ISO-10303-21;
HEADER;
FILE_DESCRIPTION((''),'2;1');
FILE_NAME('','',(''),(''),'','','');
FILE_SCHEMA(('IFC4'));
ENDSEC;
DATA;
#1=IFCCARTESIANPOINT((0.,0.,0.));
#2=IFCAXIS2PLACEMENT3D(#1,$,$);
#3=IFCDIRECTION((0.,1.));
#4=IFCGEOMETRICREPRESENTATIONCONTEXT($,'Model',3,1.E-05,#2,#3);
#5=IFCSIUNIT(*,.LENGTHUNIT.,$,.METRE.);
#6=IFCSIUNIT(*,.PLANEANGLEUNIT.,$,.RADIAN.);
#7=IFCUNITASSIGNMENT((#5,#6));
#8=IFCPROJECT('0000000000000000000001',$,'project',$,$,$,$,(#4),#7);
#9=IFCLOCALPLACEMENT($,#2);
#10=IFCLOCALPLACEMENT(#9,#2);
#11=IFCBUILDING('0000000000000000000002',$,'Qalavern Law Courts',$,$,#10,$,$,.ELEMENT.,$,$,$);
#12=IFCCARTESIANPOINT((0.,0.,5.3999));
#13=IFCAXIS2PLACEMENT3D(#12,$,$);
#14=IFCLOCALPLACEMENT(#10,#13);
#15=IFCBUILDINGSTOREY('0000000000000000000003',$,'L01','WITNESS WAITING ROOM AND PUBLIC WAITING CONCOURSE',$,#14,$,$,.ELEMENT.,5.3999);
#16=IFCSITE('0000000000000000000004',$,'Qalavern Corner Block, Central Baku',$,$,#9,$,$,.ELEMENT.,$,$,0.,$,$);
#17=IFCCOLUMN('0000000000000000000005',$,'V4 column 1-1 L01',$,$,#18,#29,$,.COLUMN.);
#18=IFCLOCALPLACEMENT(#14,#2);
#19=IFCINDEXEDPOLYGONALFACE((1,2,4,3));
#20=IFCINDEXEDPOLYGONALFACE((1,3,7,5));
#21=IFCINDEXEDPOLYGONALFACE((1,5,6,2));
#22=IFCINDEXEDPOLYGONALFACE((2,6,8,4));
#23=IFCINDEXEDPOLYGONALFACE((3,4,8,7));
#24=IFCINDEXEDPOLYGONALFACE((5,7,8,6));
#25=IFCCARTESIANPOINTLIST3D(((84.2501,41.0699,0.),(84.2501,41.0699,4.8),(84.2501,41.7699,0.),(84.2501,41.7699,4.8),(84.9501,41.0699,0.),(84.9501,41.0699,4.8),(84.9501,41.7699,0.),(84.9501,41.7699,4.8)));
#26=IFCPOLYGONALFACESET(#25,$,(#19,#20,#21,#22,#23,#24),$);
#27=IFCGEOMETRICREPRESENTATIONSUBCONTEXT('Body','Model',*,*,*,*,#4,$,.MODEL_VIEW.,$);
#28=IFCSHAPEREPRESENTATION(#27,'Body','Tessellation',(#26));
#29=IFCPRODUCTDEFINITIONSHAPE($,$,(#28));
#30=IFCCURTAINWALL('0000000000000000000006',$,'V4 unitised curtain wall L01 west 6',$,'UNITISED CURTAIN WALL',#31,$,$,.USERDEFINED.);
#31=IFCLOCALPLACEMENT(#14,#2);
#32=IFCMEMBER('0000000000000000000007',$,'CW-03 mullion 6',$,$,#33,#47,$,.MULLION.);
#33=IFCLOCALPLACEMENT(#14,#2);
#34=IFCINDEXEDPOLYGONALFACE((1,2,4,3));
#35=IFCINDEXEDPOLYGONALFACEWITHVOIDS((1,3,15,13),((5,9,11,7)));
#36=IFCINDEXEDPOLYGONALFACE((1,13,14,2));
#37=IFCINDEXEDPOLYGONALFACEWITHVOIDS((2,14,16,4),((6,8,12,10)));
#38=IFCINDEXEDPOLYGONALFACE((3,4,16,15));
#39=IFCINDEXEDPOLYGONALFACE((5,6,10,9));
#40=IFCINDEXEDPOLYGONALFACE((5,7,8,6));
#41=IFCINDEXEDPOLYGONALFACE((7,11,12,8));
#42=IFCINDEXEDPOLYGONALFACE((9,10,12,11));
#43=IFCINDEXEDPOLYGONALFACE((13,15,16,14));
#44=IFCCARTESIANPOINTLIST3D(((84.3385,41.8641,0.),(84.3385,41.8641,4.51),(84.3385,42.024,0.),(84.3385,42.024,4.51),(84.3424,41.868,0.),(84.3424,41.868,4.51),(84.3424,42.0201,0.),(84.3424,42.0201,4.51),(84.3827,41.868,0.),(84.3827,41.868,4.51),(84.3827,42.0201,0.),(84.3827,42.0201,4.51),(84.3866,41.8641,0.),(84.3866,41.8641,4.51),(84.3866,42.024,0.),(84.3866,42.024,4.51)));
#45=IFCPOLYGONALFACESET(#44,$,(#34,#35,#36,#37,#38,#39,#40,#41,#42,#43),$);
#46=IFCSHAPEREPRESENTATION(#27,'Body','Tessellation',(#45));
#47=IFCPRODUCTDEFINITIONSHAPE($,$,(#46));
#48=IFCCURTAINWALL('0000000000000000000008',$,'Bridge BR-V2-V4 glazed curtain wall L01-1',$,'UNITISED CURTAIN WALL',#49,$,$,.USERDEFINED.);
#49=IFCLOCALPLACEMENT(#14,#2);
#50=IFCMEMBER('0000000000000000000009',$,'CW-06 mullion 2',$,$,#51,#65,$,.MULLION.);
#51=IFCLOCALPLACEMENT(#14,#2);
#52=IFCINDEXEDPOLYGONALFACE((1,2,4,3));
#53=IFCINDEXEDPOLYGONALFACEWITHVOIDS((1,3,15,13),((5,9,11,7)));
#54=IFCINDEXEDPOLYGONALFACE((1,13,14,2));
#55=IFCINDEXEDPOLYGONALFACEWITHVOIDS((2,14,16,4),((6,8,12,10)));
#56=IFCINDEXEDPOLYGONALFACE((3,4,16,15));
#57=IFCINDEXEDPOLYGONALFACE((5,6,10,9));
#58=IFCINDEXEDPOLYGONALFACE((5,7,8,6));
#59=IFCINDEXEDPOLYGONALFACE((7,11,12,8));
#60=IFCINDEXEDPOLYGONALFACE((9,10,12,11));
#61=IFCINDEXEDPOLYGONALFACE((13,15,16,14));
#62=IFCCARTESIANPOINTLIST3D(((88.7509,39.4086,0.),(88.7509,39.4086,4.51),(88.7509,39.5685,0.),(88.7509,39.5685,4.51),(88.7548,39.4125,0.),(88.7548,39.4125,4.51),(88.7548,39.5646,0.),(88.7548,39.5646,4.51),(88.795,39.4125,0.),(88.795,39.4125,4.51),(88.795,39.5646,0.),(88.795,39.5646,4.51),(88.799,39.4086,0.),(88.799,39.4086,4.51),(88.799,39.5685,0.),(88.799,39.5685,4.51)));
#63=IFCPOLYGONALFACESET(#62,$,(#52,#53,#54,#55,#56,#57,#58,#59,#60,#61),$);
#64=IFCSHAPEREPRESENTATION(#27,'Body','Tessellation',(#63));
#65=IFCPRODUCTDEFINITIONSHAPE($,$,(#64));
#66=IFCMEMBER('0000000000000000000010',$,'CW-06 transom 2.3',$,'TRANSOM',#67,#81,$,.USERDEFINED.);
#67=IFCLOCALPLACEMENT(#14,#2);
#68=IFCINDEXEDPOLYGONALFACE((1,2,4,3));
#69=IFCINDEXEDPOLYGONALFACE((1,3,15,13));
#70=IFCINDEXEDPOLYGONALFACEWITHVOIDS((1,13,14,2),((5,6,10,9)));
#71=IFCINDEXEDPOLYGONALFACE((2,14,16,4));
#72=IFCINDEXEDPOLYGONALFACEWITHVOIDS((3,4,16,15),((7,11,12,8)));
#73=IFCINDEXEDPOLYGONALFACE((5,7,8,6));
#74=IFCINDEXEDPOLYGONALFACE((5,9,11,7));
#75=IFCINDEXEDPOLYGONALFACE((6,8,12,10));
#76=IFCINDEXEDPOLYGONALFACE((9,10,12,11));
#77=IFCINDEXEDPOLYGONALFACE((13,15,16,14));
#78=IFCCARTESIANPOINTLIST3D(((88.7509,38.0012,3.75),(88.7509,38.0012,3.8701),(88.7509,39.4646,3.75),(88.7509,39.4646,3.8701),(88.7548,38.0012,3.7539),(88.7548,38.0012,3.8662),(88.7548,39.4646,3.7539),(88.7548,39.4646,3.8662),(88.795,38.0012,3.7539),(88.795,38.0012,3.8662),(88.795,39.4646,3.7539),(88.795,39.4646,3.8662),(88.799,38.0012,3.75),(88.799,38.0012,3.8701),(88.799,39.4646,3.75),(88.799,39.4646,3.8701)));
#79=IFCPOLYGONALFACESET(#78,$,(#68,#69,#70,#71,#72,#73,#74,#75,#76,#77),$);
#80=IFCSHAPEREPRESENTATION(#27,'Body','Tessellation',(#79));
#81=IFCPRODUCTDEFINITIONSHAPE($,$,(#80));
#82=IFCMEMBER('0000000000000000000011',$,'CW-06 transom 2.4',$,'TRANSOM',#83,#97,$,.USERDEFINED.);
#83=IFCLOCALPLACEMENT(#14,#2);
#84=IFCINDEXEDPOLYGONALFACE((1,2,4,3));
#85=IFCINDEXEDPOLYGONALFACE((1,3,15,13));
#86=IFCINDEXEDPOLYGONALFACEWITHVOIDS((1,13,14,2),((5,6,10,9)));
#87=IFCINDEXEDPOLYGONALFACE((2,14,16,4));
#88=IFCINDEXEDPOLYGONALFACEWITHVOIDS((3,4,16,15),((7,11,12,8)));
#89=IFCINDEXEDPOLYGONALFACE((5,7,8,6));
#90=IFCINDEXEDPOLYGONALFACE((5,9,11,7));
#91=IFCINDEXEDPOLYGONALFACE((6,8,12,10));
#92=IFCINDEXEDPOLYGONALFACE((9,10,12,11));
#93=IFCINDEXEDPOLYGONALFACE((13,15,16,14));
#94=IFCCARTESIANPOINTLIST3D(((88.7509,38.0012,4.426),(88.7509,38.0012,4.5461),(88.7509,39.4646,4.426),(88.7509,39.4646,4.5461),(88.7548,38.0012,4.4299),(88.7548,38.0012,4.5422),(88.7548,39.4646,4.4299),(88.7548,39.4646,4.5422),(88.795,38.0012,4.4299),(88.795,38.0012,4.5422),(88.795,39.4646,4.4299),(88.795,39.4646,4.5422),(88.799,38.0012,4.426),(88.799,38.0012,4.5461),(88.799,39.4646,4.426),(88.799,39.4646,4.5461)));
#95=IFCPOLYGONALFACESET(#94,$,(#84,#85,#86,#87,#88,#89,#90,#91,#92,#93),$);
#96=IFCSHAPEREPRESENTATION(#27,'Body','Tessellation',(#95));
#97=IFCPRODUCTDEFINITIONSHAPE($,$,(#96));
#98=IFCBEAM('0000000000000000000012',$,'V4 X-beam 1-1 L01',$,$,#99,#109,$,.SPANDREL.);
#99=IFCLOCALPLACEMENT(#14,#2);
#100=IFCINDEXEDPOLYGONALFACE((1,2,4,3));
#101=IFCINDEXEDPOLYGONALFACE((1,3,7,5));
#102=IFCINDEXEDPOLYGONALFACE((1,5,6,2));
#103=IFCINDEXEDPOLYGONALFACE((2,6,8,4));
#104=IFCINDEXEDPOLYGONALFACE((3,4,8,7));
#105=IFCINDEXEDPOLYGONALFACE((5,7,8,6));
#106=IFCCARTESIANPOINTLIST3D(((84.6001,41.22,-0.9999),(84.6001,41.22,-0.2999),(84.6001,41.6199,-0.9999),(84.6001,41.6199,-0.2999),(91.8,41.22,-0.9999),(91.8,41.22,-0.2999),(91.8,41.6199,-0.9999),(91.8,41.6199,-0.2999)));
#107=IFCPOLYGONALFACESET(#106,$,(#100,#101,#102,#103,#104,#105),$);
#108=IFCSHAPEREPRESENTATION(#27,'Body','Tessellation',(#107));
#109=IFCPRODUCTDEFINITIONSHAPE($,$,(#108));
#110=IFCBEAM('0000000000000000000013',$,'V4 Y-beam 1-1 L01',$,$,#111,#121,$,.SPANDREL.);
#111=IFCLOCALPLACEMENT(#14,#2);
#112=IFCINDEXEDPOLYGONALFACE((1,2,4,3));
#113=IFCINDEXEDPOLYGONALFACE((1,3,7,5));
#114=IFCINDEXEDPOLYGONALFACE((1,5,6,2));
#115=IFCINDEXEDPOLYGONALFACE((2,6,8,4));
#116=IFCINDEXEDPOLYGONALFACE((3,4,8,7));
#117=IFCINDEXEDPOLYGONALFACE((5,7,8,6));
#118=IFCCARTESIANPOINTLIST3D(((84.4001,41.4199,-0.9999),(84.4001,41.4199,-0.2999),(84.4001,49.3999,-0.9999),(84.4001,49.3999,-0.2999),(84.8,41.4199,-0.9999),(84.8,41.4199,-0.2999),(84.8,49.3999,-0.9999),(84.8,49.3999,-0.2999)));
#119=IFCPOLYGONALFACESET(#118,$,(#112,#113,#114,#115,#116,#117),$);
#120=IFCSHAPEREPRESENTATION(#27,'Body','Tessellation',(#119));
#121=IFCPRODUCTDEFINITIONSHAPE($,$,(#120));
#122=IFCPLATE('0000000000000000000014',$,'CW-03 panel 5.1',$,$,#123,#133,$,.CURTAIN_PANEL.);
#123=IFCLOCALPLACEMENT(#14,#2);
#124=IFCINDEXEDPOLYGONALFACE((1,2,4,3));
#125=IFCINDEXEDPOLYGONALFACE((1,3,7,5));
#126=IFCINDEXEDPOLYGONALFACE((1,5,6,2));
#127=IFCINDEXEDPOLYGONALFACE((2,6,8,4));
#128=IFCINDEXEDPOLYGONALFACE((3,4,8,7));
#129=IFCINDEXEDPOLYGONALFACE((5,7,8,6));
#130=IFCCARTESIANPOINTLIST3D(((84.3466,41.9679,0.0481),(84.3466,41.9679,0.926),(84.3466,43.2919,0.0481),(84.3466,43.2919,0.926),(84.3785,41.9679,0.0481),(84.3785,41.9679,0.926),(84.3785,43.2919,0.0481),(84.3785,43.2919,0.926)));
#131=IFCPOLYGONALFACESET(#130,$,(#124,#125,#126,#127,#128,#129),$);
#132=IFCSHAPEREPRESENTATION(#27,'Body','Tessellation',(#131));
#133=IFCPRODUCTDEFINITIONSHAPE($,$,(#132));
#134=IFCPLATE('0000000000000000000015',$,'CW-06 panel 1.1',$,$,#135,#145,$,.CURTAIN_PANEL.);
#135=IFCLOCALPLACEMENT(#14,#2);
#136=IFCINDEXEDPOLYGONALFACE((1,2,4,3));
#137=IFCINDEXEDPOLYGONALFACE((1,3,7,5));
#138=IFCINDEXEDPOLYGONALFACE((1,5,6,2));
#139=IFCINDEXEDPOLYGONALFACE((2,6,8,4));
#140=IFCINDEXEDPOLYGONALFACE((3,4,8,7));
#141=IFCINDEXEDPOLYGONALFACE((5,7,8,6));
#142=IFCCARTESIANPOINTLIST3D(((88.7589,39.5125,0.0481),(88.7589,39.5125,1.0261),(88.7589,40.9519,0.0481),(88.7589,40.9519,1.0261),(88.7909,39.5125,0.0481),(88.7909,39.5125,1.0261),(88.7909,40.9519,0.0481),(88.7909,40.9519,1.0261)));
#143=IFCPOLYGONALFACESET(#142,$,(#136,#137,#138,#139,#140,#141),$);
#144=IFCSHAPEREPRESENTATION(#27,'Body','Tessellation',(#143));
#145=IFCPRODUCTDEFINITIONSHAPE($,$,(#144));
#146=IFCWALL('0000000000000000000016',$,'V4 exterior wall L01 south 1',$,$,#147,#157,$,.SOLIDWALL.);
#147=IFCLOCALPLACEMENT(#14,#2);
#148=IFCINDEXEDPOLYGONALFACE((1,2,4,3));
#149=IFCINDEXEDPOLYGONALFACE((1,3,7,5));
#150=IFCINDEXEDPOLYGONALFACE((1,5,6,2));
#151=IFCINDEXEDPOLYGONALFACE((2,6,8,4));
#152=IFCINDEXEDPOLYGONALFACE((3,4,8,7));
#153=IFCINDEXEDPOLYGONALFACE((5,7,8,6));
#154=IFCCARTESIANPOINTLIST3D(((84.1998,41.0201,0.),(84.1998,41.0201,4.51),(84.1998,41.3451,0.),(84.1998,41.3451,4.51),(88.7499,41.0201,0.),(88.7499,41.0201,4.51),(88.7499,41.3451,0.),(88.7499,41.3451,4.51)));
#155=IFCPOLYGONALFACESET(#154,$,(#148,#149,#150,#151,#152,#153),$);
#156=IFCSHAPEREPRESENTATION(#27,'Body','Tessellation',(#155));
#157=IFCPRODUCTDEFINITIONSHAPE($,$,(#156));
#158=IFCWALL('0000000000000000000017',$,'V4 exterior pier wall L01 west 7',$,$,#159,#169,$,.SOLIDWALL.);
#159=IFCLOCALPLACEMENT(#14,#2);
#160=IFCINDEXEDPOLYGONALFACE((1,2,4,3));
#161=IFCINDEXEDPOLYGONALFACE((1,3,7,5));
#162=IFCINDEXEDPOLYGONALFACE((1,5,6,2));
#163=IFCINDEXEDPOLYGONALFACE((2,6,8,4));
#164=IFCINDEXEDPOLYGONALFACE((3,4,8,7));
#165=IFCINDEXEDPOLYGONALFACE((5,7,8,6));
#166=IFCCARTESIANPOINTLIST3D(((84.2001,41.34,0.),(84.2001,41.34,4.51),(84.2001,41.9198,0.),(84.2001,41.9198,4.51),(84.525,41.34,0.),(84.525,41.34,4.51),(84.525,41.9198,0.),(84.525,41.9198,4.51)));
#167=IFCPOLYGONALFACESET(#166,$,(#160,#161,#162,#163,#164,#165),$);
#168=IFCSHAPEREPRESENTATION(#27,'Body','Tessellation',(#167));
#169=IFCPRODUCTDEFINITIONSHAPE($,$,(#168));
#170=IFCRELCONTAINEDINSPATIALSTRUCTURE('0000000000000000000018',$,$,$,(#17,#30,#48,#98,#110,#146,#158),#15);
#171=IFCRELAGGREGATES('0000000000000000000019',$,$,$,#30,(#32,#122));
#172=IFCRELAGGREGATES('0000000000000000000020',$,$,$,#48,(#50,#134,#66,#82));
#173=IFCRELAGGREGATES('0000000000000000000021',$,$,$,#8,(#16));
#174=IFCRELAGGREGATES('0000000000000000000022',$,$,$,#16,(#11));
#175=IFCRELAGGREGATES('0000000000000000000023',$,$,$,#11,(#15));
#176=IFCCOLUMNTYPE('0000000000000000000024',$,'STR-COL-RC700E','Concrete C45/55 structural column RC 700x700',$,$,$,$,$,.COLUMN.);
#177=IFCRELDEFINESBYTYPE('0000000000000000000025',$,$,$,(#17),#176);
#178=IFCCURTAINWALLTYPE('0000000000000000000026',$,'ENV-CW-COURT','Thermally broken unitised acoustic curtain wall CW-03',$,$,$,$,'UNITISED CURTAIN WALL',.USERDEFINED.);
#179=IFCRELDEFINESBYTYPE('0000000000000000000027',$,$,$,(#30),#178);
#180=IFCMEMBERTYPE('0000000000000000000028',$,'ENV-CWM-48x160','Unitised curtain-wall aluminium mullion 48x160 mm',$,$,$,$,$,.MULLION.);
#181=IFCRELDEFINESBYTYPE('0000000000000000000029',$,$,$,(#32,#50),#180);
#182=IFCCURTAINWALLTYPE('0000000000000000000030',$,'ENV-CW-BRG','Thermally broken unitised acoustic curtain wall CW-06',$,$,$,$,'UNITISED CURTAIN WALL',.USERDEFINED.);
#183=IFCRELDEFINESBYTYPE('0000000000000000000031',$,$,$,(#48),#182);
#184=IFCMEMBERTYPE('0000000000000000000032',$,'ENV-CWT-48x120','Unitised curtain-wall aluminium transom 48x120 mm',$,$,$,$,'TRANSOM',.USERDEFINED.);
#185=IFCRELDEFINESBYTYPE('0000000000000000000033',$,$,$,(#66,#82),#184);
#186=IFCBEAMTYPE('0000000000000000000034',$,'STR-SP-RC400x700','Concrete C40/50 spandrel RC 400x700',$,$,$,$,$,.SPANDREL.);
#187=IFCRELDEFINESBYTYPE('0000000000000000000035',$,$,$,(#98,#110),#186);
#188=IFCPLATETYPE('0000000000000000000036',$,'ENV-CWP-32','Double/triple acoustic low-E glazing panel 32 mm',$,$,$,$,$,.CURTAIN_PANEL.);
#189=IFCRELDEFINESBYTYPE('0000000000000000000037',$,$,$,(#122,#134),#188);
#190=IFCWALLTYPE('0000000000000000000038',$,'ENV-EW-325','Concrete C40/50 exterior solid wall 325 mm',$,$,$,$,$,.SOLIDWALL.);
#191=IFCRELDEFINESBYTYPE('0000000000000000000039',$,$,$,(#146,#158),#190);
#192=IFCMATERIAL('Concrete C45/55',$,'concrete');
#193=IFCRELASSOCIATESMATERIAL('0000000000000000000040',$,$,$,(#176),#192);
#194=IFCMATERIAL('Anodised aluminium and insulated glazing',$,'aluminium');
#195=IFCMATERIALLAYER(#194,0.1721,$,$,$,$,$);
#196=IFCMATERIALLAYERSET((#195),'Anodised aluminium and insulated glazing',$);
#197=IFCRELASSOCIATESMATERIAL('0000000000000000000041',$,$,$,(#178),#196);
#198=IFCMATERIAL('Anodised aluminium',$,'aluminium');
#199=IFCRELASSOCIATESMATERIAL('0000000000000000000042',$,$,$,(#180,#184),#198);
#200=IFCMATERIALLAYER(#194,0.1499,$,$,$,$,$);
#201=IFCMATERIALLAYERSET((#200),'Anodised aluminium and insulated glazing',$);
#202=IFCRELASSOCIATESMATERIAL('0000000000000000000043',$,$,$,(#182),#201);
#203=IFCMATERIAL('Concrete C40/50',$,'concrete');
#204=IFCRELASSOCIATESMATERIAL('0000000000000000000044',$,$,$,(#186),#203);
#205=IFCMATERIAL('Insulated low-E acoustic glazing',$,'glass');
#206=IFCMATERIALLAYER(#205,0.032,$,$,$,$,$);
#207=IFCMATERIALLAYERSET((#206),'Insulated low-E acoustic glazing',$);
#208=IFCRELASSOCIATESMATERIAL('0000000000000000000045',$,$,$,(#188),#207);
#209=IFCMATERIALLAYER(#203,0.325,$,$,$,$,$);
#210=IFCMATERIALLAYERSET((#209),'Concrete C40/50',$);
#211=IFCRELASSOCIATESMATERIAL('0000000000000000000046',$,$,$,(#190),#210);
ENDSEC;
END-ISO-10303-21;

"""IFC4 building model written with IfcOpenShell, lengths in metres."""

from ifc_helpers import new_model, si_unit, direction, frame, frame_2d, origin, origin_2d, place, context, subcontext, project, spatial, rectangle, hollow_rectangle, extrude, material, layer, layer_set, material_profile, profile_set, type_object, element, aggregate, save


model = new_model("IFC4")

# Units and contexts
model_context = context("Model", 3, precision=1e-05, world=origin(), true_north=direction((0.0, 1.0)))
body_context = subcontext(model_context, "Body", "Model", "MODEL_VIEW")
ifc_project = project(units=[si_unit("LENGTHUNIT", "METRE"), si_unit("PLANEANGLEUNIT", "RADIAN")], contexts=[model_context])

# Site, building, storey
site_placement = place(None, origin())
site = spatial("IfcSite", under=ifc_project, at=site_placement, Name="Qalavern Corner Block, Central Baku", CompositionType="ELEMENT", RefElevation=0.0)
building_placement = place(site_placement, origin())
building = spatial("IfcBuilding", under=site, at=building_placement, Name="Qalavern Law Courts", CompositionType="ELEMENT")
storey_placement = place(building_placement, frame((0.0, 0.0, 5.3999)))
storey = spatial("IfcBuildingStorey", under=building, at=storey_placement, Name="L01", Description="WITNESS WAITING ROOM AND PUBLIC WAITING CONCOURSE", CompositionType="ELEMENT", Elevation=5.3999)

# Column
ifc_material_1 = material(Name="Concrete C45/55", Category="concrete")
ifc_material_profile_1 = material_profile(ifc_material_1, rectangle(XDim=0.7, YDim=0.7, at=origin_2d()), Name="RC 700x700")
ifc_profile_set_1 = profile_set([ifc_material_profile_1], Name="Concrete C45/55")
column_type = type_object("IfcColumnType", Name="STR-COL-RC700E", Description="Concrete C45/55 structural column RC 700x700", PredefinedType="COLUMN", material=ifc_profile_set_1)
column_placement = place(storey_placement, frame((84.6001, 41.4199, 0.0), z_axis=(0.0, 0.0, 1.0), x_axis=(1.0, 0.0, 0.0)))
element("IfcColumn", 1, at=column_placement, inside=storey, type_object=column_type, Name="V4 column 1-1 L01", PredefinedType="COLUMN", context=body_context, shape_type="SweptSolid", body=[
    extrude(rectangle(XDim=0.7, YDim=0.7, at=origin_2d()), origin(), (0.0, 0.0, 1.0), 4.8),
])

# Curtain wall, member
ifc_material_2 = material(Name="Anodised aluminium and insulated glazing", Category="aluminium")
ifc_layer_1 = layer(ifc_material_2, 0.1721)
ifc_layer_set_1 = layer_set([ifc_layer_1], Name="Anodised aluminium and insulated glazing")
curtain_wall_type_1 = type_object("IfcCurtainWallType", Name="ENV-CW-COURT", Description="Thermally broken unitised acoustic curtain wall CW-03", ElementType="UNITISED CURTAIN WALL", PredefinedType="USERDEFINED", material=ifc_layer_set_1)
curtain_wall_1_placement = place(storey_placement, origin())
curtain_wall_1 = element("IfcCurtainWall", 2, at=curtain_wall_1_placement, inside=storey, type_object=curtain_wall_type_1, Name="V4 unitised curtain wall L01 west 6", ObjectType="UNITISED CURTAIN WALL", PredefinedType="USERDEFINED")
ifc_material_3 = material(Name="Anodised aluminium", Category="aluminium")
ifc_material_profile_2 = material_profile(ifc_material_3, hollow_rectangle(XDim=0.0481, YDim=0.1599, WallThickness=0.0039, at=origin_2d()), Name="ALU MULLION 48x160")
ifc_profile_set_2 = profile_set([ifc_material_profile_2], Name="Anodised aluminium")
member_type_1 = type_object("IfcMemberType", Name="ENV-CWM-48x160", Description="Unitised curtain-wall aluminium mullion 48x160 mm", PredefinedType="MULLION", material=ifc_profile_set_2)
member_1_placement = place(storey_placement, frame((84.3625, 41.9441, 0.0), z_axis=(0.0, 0.0, 1.0), x_axis=(1.0, 0.0, 0.0)))
member_1 = element("IfcMember", 3, at=member_1_placement, type_object=member_type_1, Name="CW-03 mullion 6", PredefinedType="MULLION", context=body_context, shape_type="SweptSolid", body=[
    extrude(hollow_rectangle(XDim=0.0481, YDim=0.1599, WallThickness=0.0039, at=origin_2d()), origin(), (0.0, 0.0, 1.0), 4.51),
])

# Curtain wall, members
ifc_layer_2 = layer(ifc_material_2, 0.1499)
ifc_layer_set_2 = layer_set([ifc_layer_2], Name="Anodised aluminium and insulated glazing")
curtain_wall_type_2 = type_object("IfcCurtainWallType", Name="ENV-CW-BRG", Description="Thermally broken unitised acoustic curtain wall CW-06", ElementType="UNITISED CURTAIN WALL", PredefinedType="USERDEFINED", material=ifc_layer_set_2)
curtain_wall_2_placement = place(storey_placement, origin())
curtain_wall_2 = element("IfcCurtainWall", 4, at=curtain_wall_2_placement, inside=storey, type_object=curtain_wall_type_2, Name="Bridge BR-V2-V4 glazed curtain wall L01-1", ObjectType="UNITISED CURTAIN WALL", PredefinedType="USERDEFINED")
member_2_placement = place(storey_placement, frame((88.7749, 39.4885, 0.0), z_axis=(0.0, 0.0, 1.0), x_axis=(1.0, 0.0, 0.0)))
member_2 = element("IfcMember", 5, at=member_2_placement, type_object=member_type_1, Name="CW-06 mullion 2", PredefinedType="MULLION", context=body_context, shape_type="SweptSolid", body=[
    extrude(hollow_rectangle(XDim=0.0481, YDim=0.1599, WallThickness=0.0039, at=origin_2d()), origin(), (0.0, 0.0, 1.0), 4.51),
])
ifc_material_profile_3 = material_profile(ifc_material_3, hollow_rectangle(XDim=0.0481, YDim=0.1201, WallThickness=0.0039, at=origin_2d()), Name="ALU TRANSOM 48x120")
ifc_profile_set_3 = profile_set([ifc_material_profile_3], Name="Anodised aluminium")
member_type_2 = type_object("IfcMemberType", Name="ENV-CWT-48x120", Description="Unitised curtain-wall aluminium transom 48x120 mm", ElementType="TRANSOM", PredefinedType="USERDEFINED", material=ifc_profile_set_3)
member_3_placement = place(storey_placement, frame((88.7749, 39.4646, 3.8101), z_axis=(0.0, -1.0, 0.0), x_axis=(1.0, 0.0, 0.0)))
member_3 = element("IfcMember", 6, at=member_3_placement, type_object=member_type_2, Name="CW-06 transom 2.3", ObjectType="TRANSOM", PredefinedType="USERDEFINED", context=body_context, shape_type="SweptSolid", body=[
    extrude(hollow_rectangle(XDim=0.0481, YDim=0.1201, WallThickness=0.0039, at=origin_2d()), origin(), (0.0, 0.0, 1.0), 1.4634),
])
member_4_placement = place(storey_placement, frame((88.7749, 39.4646, 4.4861), z_axis=(0.0, -1.0, 0.0), x_axis=(1.0, 0.0, 0.0)))
member_4 = element("IfcMember", 7, at=member_4_placement, type_object=member_type_2, Name="CW-06 transom 2.4", ObjectType="TRANSOM", PredefinedType="USERDEFINED", context=body_context, shape_type="SweptSolid", body=[
    extrude(hollow_rectangle(XDim=0.0481, YDim=0.1201, WallThickness=0.0039, at=origin_2d()), origin(), (0.0, 0.0, 1.0), 1.4634),
])

# Beams
ifc_material_4 = material(Name="Concrete C40/50", Category="concrete")
ifc_material_profile_4 = material_profile(ifc_material_4, rectangle(XDim=0.3999, YDim=0.7, at=origin_2d()), Name="RC 400x700")
ifc_profile_set_4 = profile_set([ifc_material_profile_4], Name="Concrete C40/50")
beam_type = type_object("IfcBeamType", Name="STR-SP-RC400x700", Description="Concrete C40/50 spandrel RC 400x700", PredefinedType="SPANDREL", material=ifc_profile_set_4)
beam_1_placement = place(storey_placement, frame((84.6001, 41.4199, -0.6499), z_axis=(1.0, 0.0, 0.0), x_axis=(0.0, 1.0, 0.0)))
element("IfcBeam", 8, at=beam_1_placement, inside=storey, type_object=beam_type, Name="V4 X-beam 1-1 L01", PredefinedType="SPANDREL", context=body_context, shape_type="SweptSolid", body=[
    extrude(rectangle(XDim=0.3999, YDim=0.7, at=origin_2d()), origin(), (0.0, 0.0, 1.0), 7.2),
])
beam_2_placement = place(storey_placement, frame((84.6001, 41.4199, -0.6499), z_axis=(0.0, 1.0, 0.0), x_axis=(-1.0, 0.0, 0.0)))
element("IfcBeam", 9, at=beam_2_placement, inside=storey, type_object=beam_type, Name="V4 Y-beam 1-1 L01", PredefinedType="SPANDREL", context=body_context, shape_type="SweptSolid", body=[
    extrude(rectangle(XDim=0.3999, YDim=0.7, at=origin_2d()), origin(), (0.0, 0.0, 1.0), 7.98),
])

# Plates
ifc_material_5 = material(Name="Insulated low-E acoustic glazing", Category="glass")
ifc_layer_3 = layer(ifc_material_5, 0.032)
ifc_layer_set_3 = layer_set([ifc_layer_3], Name="Insulated low-E acoustic glazing")
plate_type = type_object("IfcPlateType", Name="ENV-CWP-32", Description="Double/triple acoustic low-E glazing panel 32 mm", PredefinedType="CURTAIN_PANEL", material=ifc_layer_set_3)
plate_1_placement = place(storey_placement, frame((84.3625, 42.6299, 0.0481), z_axis=(0.0, 0.0, 1.0), x_axis=(0.0, -1.0, 0.0)))
plate_1 = element("IfcPlate", 10, at=plate_1_placement, type_object=plate_type, Name="CW-03 panel 5.1", PredefinedType="CURTAIN_PANEL", context=body_context, shape_type="SweptSolid", body=[
    extrude(rectangle(XDim=1.324, YDim=0.032, at=origin_2d()), origin(), (0.0, 0.0, 1.0), 0.8779),
])
aggregate(curtain_wall_1, [member_1, plate_1])
plate_2_placement = place(storey_placement, frame((88.7749, 40.2322, 0.0481), z_axis=(0.0, 0.0, 1.0), x_axis=(0.0, -1.0, 0.0)))
plate_2 = element("IfcPlate", 11, at=plate_2_placement, type_object=plate_type, Name="CW-06 panel 1.1", PredefinedType="CURTAIN_PANEL", context=body_context, shape_type="SweptSolid", body=[
    extrude(rectangle(XDim=1.4395, YDim=0.032, at=origin_2d()), origin(), (0.0, 0.0, 1.0), 0.978),
])
aggregate(curtain_wall_2, [member_2, plate_2, member_3, member_4])

# Walls
ifc_layer_4 = layer(ifc_material_4, 0.325)
ifc_layer_set_4 = layer_set([ifc_layer_4], Name="Concrete C40/50")
wall_type_1 = type_object("IfcWallType", Name="ENV-EW-325", Description="Concrete C40/50 exterior solid wall 325 mm", PredefinedType="SOLIDWALL", material=ifc_layer_set_4)
wall_1_placement = place(storey_placement, frame((84.2, 41.1826, 0.0), z_axis=(0.0, 0.0, 1.0), x_axis=(1.0, 0.0, 0.0)))
element("IfcWall", 12, at=wall_1_placement, inside=storey, type_object=wall_type_1, Name="V4 exterior wall L01 south 1", PredefinedType="SOLIDWALL", context=body_context, shape_type="SweptSolid", body=[
    extrude(rectangle(XDim=4.55, YDim=0.325, at=frame_2d((2.2749, 0.0))), origin(), (0.0, 0.0, 1.0), 4.51),
])
wall_2_placement = place(storey_placement, frame((84.3625, 41.9199, 0.0), z_axis=(0.0, 0.0, 1.0), x_axis=(0.0, -1.0, 0.0)))
element("IfcWall", 13, at=wall_2_placement, inside=storey, type_object=wall_type_1, Name="V4 exterior pier wall L01 west 7", PredefinedType="SOLIDWALL", context=body_context, shape_type="SweptSolid", body=[
    extrude(rectangle(XDim=0.5798, YDim=0.325, at=frame_2d((0.29, 0.0))), origin(), (0.0, 0.0, 1.0), 4.51),
])

save(model, "model.ifc")
